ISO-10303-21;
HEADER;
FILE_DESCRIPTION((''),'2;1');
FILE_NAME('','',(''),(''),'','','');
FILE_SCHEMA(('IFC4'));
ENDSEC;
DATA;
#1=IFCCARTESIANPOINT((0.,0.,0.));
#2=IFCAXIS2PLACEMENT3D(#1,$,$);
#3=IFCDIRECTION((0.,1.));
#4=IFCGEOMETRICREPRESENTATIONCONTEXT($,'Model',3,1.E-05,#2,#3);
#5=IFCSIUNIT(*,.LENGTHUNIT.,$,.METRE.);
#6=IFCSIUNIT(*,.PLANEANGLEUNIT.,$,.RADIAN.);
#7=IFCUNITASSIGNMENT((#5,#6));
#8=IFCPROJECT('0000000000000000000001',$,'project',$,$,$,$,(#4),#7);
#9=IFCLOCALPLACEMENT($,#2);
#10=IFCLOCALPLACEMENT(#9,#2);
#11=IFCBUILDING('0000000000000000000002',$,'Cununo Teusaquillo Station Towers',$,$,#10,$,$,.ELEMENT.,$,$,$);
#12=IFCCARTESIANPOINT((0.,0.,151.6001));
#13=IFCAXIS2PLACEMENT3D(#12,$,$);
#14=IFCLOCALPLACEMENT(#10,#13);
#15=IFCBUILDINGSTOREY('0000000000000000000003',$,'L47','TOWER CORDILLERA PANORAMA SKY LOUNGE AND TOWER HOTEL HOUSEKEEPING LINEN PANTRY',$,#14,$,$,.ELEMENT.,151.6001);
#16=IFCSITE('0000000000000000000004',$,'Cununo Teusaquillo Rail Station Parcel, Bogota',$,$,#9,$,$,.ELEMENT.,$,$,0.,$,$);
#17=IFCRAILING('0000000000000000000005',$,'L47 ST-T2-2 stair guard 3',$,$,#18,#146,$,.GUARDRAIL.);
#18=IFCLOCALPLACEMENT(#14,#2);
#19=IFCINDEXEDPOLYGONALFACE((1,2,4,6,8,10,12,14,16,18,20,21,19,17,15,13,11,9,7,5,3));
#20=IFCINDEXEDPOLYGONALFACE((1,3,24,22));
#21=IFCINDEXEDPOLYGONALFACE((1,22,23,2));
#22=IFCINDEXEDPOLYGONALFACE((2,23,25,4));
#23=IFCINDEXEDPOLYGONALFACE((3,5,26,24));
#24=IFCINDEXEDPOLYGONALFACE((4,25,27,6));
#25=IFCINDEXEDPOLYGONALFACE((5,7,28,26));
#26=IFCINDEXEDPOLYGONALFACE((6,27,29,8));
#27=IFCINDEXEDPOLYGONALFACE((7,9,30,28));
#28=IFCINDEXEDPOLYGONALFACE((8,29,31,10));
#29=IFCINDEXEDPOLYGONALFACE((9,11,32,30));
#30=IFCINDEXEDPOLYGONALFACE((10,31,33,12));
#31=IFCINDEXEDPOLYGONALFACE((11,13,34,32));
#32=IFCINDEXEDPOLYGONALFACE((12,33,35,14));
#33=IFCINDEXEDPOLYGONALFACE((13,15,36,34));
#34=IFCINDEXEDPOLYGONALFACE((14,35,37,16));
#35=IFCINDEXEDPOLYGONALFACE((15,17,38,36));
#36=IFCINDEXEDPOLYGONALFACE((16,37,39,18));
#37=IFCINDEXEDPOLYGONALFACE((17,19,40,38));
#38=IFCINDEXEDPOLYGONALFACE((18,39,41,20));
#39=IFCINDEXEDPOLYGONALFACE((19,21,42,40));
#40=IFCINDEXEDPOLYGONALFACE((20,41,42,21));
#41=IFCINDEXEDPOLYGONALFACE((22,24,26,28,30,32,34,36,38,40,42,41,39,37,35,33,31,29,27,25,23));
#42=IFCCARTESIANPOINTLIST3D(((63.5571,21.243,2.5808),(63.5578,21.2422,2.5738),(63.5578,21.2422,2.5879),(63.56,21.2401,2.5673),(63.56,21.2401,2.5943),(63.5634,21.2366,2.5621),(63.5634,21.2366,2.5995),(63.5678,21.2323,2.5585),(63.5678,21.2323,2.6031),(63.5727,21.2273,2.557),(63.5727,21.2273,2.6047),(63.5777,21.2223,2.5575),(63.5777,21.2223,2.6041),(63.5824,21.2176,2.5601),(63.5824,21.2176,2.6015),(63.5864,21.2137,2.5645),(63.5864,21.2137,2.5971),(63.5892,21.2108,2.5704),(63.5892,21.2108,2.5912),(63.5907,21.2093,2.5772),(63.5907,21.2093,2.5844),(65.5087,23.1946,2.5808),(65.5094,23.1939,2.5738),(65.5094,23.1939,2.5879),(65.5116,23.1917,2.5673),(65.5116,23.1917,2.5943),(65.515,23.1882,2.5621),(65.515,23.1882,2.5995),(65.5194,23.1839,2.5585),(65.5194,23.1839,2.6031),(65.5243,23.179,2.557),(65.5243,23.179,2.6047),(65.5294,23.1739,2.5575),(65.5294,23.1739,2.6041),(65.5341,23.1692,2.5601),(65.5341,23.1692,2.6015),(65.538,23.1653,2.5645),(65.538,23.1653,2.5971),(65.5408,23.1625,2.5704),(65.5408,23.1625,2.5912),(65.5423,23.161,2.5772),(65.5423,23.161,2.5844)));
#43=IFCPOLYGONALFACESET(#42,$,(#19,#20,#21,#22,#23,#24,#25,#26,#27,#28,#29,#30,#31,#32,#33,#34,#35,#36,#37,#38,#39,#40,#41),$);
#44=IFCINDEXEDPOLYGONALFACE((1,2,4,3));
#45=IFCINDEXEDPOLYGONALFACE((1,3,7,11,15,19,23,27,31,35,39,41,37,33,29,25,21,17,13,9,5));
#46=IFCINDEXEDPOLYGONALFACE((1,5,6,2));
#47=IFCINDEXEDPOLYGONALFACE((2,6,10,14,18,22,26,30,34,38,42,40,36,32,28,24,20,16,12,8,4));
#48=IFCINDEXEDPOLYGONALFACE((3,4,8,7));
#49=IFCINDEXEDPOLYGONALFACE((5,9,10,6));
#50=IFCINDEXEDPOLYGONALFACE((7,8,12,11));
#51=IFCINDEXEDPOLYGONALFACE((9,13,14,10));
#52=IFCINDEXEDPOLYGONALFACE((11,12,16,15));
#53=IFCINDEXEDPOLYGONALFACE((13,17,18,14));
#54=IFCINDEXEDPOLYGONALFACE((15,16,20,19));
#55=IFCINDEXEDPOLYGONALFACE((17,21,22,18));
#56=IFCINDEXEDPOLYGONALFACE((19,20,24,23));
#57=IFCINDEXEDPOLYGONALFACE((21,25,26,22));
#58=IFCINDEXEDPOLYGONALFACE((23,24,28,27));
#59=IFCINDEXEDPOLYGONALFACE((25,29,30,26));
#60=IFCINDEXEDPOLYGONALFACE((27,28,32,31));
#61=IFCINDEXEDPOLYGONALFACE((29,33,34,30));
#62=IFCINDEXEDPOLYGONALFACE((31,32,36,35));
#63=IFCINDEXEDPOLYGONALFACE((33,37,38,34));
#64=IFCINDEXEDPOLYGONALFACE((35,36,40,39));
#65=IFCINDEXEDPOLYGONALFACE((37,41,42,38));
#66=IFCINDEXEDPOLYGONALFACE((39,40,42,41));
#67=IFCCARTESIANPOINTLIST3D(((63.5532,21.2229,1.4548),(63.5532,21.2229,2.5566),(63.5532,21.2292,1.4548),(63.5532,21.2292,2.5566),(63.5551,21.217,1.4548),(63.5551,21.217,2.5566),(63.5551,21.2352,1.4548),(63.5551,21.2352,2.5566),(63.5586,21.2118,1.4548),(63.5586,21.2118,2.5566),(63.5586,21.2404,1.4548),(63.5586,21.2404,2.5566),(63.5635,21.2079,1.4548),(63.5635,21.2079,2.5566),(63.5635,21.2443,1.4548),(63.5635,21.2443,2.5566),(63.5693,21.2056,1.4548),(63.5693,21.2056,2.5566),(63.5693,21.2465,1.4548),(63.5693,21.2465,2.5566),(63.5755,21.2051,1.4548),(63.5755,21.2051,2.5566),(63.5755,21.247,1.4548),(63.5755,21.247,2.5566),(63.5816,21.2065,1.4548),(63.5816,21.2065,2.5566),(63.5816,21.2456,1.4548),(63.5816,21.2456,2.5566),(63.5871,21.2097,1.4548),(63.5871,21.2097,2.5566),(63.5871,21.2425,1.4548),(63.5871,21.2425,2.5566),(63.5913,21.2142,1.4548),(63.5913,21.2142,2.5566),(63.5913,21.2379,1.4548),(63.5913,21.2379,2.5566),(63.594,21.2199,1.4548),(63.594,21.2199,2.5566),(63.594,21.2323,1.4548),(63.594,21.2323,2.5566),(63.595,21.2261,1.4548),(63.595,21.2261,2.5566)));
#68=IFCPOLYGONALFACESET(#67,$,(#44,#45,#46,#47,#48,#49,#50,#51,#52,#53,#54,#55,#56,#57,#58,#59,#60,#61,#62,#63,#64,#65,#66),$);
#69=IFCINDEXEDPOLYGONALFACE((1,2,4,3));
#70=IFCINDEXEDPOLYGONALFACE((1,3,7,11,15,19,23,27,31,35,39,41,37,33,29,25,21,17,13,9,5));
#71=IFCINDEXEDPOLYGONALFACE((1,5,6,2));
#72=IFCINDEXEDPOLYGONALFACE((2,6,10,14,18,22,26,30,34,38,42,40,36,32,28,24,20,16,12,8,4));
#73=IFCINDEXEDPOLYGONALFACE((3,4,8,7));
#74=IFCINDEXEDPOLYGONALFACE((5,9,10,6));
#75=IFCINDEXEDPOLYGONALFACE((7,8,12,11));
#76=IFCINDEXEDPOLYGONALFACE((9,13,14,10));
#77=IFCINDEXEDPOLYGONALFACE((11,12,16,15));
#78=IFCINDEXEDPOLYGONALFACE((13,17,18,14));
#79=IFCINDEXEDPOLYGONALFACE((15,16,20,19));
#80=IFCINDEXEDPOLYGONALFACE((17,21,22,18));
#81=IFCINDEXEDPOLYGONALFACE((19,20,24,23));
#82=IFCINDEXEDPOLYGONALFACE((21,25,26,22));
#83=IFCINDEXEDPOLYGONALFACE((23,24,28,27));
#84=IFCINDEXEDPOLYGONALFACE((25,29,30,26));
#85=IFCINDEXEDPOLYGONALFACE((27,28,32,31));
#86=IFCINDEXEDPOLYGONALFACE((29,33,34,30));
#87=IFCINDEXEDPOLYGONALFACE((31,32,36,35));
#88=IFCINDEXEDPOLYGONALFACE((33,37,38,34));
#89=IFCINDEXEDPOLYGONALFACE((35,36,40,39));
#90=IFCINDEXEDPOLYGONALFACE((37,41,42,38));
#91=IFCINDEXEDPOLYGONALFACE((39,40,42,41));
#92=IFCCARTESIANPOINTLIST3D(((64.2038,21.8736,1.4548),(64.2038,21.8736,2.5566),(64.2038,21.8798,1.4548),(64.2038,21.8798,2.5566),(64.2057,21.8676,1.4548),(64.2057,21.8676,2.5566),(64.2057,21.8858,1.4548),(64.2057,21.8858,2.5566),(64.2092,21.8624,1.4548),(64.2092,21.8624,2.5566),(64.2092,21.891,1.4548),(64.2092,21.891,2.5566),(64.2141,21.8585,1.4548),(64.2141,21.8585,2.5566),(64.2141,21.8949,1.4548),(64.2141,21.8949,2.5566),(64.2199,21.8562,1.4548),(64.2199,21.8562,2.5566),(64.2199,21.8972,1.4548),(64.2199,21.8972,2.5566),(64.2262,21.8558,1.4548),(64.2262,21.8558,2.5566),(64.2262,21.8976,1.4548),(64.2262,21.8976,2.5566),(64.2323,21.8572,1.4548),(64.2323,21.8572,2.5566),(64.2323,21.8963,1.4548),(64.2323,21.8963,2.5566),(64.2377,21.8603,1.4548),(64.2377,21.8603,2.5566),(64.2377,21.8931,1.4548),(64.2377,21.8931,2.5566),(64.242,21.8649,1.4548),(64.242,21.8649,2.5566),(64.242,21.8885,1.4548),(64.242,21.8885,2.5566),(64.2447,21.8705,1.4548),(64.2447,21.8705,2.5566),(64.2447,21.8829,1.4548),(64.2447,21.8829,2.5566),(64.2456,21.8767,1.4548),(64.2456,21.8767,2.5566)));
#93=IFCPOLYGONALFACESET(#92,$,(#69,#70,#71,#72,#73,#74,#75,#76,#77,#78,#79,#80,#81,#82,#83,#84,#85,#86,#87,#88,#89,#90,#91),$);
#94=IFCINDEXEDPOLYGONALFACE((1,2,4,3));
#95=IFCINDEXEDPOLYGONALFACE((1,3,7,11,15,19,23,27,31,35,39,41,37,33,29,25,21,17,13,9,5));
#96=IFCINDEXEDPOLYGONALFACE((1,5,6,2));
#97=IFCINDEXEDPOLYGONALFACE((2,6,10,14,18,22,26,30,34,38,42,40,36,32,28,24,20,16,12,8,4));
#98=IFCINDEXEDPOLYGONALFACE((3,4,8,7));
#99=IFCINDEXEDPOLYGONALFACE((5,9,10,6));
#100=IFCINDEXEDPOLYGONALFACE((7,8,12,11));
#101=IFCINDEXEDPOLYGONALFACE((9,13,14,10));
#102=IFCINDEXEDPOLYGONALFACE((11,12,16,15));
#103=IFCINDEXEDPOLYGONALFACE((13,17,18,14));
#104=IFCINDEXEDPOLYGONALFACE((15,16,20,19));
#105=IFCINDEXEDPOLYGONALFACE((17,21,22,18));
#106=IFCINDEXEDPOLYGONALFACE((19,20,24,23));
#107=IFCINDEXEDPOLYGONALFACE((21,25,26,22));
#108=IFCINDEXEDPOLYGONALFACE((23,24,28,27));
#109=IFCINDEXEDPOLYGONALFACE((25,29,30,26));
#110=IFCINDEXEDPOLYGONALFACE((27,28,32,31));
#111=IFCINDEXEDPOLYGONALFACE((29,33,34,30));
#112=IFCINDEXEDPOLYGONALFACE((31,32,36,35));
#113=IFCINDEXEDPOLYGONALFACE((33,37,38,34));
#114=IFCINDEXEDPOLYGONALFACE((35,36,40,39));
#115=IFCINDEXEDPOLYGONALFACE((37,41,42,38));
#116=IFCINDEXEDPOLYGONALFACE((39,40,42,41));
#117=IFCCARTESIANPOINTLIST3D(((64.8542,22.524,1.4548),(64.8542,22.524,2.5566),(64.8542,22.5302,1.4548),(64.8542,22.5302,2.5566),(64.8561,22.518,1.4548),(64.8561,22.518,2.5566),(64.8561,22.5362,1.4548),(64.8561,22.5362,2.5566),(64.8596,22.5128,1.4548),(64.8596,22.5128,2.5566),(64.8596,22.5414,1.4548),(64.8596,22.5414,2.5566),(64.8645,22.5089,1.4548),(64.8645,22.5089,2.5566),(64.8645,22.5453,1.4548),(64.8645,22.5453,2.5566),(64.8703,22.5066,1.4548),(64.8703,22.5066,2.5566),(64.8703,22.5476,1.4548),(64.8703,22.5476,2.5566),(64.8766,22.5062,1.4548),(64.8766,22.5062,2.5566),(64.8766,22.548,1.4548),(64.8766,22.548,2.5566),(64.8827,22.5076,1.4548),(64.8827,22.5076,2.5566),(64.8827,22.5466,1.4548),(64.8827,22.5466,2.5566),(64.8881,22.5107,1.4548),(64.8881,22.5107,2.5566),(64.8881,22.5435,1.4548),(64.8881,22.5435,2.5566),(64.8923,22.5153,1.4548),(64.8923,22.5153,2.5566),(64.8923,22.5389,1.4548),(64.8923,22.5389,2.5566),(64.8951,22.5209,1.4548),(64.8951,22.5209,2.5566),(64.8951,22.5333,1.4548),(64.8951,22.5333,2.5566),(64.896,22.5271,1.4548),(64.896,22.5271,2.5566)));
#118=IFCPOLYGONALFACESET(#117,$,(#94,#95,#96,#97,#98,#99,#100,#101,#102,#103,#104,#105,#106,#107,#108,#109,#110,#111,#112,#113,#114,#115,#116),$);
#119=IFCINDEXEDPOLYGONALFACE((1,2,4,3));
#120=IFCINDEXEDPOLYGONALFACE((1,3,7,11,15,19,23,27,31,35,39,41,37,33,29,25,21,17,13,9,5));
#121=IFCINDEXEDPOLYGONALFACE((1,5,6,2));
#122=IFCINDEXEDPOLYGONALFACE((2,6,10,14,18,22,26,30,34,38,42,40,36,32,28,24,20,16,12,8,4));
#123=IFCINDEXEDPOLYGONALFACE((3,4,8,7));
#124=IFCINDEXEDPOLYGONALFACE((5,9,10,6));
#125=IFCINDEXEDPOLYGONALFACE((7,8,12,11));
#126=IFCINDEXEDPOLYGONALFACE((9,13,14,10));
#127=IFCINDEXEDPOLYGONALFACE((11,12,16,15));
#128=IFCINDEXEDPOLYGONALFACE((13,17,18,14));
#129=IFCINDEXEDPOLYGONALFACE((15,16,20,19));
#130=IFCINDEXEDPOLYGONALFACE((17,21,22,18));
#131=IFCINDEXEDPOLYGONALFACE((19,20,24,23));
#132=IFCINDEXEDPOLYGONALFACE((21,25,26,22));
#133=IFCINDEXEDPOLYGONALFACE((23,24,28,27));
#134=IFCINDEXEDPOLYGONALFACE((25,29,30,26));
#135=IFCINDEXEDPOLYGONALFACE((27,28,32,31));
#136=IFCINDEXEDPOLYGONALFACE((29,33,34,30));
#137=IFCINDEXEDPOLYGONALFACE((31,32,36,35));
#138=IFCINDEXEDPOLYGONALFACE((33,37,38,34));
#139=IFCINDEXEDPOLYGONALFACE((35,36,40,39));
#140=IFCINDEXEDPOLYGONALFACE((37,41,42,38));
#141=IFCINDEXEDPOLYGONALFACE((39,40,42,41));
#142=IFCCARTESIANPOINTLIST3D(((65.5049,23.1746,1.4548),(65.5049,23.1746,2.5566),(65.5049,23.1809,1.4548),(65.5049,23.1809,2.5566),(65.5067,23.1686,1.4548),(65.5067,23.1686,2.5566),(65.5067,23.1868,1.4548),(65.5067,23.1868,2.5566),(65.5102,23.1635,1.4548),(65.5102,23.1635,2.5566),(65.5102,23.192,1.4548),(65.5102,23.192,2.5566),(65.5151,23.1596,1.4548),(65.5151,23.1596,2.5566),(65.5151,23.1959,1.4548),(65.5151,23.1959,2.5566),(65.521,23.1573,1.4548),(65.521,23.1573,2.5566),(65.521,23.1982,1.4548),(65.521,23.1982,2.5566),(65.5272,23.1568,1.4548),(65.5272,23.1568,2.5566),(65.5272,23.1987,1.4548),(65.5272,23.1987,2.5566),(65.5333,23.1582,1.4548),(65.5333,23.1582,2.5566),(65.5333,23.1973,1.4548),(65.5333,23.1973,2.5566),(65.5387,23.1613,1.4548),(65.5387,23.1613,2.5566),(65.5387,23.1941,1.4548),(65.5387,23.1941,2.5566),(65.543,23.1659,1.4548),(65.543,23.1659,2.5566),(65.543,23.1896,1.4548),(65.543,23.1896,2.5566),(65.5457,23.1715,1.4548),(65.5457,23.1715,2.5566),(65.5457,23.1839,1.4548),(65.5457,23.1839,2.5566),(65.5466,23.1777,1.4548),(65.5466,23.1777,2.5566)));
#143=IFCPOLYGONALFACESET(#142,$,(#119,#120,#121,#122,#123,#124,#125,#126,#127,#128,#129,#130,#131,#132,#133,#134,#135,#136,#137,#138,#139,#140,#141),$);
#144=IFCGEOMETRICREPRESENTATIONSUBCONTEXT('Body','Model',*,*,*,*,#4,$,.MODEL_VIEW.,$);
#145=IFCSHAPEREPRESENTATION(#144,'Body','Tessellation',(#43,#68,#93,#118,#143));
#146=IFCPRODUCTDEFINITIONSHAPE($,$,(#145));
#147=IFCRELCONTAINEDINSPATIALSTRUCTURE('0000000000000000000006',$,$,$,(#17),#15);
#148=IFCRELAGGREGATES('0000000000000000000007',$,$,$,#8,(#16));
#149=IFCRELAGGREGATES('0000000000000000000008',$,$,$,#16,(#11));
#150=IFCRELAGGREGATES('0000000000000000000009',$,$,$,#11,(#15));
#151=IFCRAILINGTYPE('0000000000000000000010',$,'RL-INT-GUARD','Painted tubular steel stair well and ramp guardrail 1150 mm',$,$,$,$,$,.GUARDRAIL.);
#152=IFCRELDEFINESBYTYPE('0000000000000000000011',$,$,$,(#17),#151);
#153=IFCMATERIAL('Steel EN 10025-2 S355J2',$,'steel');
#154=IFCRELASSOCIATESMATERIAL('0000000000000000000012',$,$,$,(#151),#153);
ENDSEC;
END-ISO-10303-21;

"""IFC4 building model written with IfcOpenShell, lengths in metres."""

from ifc_helpers import new_model, si_unit, direction, frame, origin, origin_2d, place, context, subcontext, project, spatial, circle, extrude, material, type_object, element, save


model = new_model("IFC4")

# Units and contexts
model_context = context("Model", 3, precision=1e-05, world=origin(), true_north=direction((0.0, 1.0)))
body_context = subcontext(model_context, "Body", "Model", "MODEL_VIEW")
ifc_project = project(units=[si_unit("LENGTHUNIT", "METRE"), si_unit("PLANEANGLEUNIT", "RADIAN")], contexts=[model_context])

# Site, building, storey
site_placement = place(None, origin())
site = spatial("IfcSite", under=ifc_project, at=site_placement, Name="Cununo Teusaquillo Rail Station Parcel, Bogota", CompositionType="ELEMENT", RefElevation=0.0)
building_placement = place(site_placement, origin())
building = spatial("IfcBuilding", under=site, at=building_placement, Name="Cununo Teusaquillo Station Towers", CompositionType="ELEMENT")
storey_placement = place(building_placement, frame((0.0, 0.0, 151.6001)))
storey = spatial("IfcBuildingStorey", under=building, at=storey_placement, Name="L47", Description="TOWER CORDILLERA PANORAMA SKY LOUNGE AND TOWER HOTEL HOUSEKEEPING LINEN PANTRY", CompositionType="ELEMENT", Elevation=151.6001)

# Railing
ifc_material_1 = material(Name="Steel EN 10025-2 S355J2", Category="steel")
railing_type = type_object("IfcRailingType", Name="RL-INT-GUARD", Description="Painted tubular steel stair well and ramp guardrail 1150 mm", PredefinedType="GUARDRAIL", material=ifc_material_1)
railing_1_placement = place(storey_placement, frame((63.574, 21.2261, 1.4548)))
element("IfcRailing", 1, at=railing_1_placement, inside=storey, type_object=railing_type, Name="L47 ST-T2-2 stair guard 3", PredefinedType="GUARDRAIL", context=body_context, shape_type="SweptSolid", body=[
    extrude(circle(Radius=0.0239, at=origin_2d()), frame((0.0, 0.0, 1.126), z_axis=(0.707107, 0.707107, 0.0), x_axis=(-0.707107, 0.707107, 0.0)), (0.0, 0.0, 1.0), 2.76),
    extrude(circle(Radius=0.021, at=origin_2d()), origin(), (0.0, 0.0, 1.0), 1.1018),
    extrude(circle(Radius=0.021, at=origin_2d()), frame((0.6506, 0.6506, 0.0)), (0.0, 0.0, 1.0), 1.1018),
    extrude(circle(Radius=0.021, at=origin_2d()), frame((1.301, 1.301, 0.0)), (0.0, 0.0, 1.0), 1.1018),
    extrude(circle(Radius=0.021, at=origin_2d()), frame((1.9517, 1.9517, 0.0)), (0.0, 0.0, 1.0), 1.1018),
])

save(model, "model.ifc")
